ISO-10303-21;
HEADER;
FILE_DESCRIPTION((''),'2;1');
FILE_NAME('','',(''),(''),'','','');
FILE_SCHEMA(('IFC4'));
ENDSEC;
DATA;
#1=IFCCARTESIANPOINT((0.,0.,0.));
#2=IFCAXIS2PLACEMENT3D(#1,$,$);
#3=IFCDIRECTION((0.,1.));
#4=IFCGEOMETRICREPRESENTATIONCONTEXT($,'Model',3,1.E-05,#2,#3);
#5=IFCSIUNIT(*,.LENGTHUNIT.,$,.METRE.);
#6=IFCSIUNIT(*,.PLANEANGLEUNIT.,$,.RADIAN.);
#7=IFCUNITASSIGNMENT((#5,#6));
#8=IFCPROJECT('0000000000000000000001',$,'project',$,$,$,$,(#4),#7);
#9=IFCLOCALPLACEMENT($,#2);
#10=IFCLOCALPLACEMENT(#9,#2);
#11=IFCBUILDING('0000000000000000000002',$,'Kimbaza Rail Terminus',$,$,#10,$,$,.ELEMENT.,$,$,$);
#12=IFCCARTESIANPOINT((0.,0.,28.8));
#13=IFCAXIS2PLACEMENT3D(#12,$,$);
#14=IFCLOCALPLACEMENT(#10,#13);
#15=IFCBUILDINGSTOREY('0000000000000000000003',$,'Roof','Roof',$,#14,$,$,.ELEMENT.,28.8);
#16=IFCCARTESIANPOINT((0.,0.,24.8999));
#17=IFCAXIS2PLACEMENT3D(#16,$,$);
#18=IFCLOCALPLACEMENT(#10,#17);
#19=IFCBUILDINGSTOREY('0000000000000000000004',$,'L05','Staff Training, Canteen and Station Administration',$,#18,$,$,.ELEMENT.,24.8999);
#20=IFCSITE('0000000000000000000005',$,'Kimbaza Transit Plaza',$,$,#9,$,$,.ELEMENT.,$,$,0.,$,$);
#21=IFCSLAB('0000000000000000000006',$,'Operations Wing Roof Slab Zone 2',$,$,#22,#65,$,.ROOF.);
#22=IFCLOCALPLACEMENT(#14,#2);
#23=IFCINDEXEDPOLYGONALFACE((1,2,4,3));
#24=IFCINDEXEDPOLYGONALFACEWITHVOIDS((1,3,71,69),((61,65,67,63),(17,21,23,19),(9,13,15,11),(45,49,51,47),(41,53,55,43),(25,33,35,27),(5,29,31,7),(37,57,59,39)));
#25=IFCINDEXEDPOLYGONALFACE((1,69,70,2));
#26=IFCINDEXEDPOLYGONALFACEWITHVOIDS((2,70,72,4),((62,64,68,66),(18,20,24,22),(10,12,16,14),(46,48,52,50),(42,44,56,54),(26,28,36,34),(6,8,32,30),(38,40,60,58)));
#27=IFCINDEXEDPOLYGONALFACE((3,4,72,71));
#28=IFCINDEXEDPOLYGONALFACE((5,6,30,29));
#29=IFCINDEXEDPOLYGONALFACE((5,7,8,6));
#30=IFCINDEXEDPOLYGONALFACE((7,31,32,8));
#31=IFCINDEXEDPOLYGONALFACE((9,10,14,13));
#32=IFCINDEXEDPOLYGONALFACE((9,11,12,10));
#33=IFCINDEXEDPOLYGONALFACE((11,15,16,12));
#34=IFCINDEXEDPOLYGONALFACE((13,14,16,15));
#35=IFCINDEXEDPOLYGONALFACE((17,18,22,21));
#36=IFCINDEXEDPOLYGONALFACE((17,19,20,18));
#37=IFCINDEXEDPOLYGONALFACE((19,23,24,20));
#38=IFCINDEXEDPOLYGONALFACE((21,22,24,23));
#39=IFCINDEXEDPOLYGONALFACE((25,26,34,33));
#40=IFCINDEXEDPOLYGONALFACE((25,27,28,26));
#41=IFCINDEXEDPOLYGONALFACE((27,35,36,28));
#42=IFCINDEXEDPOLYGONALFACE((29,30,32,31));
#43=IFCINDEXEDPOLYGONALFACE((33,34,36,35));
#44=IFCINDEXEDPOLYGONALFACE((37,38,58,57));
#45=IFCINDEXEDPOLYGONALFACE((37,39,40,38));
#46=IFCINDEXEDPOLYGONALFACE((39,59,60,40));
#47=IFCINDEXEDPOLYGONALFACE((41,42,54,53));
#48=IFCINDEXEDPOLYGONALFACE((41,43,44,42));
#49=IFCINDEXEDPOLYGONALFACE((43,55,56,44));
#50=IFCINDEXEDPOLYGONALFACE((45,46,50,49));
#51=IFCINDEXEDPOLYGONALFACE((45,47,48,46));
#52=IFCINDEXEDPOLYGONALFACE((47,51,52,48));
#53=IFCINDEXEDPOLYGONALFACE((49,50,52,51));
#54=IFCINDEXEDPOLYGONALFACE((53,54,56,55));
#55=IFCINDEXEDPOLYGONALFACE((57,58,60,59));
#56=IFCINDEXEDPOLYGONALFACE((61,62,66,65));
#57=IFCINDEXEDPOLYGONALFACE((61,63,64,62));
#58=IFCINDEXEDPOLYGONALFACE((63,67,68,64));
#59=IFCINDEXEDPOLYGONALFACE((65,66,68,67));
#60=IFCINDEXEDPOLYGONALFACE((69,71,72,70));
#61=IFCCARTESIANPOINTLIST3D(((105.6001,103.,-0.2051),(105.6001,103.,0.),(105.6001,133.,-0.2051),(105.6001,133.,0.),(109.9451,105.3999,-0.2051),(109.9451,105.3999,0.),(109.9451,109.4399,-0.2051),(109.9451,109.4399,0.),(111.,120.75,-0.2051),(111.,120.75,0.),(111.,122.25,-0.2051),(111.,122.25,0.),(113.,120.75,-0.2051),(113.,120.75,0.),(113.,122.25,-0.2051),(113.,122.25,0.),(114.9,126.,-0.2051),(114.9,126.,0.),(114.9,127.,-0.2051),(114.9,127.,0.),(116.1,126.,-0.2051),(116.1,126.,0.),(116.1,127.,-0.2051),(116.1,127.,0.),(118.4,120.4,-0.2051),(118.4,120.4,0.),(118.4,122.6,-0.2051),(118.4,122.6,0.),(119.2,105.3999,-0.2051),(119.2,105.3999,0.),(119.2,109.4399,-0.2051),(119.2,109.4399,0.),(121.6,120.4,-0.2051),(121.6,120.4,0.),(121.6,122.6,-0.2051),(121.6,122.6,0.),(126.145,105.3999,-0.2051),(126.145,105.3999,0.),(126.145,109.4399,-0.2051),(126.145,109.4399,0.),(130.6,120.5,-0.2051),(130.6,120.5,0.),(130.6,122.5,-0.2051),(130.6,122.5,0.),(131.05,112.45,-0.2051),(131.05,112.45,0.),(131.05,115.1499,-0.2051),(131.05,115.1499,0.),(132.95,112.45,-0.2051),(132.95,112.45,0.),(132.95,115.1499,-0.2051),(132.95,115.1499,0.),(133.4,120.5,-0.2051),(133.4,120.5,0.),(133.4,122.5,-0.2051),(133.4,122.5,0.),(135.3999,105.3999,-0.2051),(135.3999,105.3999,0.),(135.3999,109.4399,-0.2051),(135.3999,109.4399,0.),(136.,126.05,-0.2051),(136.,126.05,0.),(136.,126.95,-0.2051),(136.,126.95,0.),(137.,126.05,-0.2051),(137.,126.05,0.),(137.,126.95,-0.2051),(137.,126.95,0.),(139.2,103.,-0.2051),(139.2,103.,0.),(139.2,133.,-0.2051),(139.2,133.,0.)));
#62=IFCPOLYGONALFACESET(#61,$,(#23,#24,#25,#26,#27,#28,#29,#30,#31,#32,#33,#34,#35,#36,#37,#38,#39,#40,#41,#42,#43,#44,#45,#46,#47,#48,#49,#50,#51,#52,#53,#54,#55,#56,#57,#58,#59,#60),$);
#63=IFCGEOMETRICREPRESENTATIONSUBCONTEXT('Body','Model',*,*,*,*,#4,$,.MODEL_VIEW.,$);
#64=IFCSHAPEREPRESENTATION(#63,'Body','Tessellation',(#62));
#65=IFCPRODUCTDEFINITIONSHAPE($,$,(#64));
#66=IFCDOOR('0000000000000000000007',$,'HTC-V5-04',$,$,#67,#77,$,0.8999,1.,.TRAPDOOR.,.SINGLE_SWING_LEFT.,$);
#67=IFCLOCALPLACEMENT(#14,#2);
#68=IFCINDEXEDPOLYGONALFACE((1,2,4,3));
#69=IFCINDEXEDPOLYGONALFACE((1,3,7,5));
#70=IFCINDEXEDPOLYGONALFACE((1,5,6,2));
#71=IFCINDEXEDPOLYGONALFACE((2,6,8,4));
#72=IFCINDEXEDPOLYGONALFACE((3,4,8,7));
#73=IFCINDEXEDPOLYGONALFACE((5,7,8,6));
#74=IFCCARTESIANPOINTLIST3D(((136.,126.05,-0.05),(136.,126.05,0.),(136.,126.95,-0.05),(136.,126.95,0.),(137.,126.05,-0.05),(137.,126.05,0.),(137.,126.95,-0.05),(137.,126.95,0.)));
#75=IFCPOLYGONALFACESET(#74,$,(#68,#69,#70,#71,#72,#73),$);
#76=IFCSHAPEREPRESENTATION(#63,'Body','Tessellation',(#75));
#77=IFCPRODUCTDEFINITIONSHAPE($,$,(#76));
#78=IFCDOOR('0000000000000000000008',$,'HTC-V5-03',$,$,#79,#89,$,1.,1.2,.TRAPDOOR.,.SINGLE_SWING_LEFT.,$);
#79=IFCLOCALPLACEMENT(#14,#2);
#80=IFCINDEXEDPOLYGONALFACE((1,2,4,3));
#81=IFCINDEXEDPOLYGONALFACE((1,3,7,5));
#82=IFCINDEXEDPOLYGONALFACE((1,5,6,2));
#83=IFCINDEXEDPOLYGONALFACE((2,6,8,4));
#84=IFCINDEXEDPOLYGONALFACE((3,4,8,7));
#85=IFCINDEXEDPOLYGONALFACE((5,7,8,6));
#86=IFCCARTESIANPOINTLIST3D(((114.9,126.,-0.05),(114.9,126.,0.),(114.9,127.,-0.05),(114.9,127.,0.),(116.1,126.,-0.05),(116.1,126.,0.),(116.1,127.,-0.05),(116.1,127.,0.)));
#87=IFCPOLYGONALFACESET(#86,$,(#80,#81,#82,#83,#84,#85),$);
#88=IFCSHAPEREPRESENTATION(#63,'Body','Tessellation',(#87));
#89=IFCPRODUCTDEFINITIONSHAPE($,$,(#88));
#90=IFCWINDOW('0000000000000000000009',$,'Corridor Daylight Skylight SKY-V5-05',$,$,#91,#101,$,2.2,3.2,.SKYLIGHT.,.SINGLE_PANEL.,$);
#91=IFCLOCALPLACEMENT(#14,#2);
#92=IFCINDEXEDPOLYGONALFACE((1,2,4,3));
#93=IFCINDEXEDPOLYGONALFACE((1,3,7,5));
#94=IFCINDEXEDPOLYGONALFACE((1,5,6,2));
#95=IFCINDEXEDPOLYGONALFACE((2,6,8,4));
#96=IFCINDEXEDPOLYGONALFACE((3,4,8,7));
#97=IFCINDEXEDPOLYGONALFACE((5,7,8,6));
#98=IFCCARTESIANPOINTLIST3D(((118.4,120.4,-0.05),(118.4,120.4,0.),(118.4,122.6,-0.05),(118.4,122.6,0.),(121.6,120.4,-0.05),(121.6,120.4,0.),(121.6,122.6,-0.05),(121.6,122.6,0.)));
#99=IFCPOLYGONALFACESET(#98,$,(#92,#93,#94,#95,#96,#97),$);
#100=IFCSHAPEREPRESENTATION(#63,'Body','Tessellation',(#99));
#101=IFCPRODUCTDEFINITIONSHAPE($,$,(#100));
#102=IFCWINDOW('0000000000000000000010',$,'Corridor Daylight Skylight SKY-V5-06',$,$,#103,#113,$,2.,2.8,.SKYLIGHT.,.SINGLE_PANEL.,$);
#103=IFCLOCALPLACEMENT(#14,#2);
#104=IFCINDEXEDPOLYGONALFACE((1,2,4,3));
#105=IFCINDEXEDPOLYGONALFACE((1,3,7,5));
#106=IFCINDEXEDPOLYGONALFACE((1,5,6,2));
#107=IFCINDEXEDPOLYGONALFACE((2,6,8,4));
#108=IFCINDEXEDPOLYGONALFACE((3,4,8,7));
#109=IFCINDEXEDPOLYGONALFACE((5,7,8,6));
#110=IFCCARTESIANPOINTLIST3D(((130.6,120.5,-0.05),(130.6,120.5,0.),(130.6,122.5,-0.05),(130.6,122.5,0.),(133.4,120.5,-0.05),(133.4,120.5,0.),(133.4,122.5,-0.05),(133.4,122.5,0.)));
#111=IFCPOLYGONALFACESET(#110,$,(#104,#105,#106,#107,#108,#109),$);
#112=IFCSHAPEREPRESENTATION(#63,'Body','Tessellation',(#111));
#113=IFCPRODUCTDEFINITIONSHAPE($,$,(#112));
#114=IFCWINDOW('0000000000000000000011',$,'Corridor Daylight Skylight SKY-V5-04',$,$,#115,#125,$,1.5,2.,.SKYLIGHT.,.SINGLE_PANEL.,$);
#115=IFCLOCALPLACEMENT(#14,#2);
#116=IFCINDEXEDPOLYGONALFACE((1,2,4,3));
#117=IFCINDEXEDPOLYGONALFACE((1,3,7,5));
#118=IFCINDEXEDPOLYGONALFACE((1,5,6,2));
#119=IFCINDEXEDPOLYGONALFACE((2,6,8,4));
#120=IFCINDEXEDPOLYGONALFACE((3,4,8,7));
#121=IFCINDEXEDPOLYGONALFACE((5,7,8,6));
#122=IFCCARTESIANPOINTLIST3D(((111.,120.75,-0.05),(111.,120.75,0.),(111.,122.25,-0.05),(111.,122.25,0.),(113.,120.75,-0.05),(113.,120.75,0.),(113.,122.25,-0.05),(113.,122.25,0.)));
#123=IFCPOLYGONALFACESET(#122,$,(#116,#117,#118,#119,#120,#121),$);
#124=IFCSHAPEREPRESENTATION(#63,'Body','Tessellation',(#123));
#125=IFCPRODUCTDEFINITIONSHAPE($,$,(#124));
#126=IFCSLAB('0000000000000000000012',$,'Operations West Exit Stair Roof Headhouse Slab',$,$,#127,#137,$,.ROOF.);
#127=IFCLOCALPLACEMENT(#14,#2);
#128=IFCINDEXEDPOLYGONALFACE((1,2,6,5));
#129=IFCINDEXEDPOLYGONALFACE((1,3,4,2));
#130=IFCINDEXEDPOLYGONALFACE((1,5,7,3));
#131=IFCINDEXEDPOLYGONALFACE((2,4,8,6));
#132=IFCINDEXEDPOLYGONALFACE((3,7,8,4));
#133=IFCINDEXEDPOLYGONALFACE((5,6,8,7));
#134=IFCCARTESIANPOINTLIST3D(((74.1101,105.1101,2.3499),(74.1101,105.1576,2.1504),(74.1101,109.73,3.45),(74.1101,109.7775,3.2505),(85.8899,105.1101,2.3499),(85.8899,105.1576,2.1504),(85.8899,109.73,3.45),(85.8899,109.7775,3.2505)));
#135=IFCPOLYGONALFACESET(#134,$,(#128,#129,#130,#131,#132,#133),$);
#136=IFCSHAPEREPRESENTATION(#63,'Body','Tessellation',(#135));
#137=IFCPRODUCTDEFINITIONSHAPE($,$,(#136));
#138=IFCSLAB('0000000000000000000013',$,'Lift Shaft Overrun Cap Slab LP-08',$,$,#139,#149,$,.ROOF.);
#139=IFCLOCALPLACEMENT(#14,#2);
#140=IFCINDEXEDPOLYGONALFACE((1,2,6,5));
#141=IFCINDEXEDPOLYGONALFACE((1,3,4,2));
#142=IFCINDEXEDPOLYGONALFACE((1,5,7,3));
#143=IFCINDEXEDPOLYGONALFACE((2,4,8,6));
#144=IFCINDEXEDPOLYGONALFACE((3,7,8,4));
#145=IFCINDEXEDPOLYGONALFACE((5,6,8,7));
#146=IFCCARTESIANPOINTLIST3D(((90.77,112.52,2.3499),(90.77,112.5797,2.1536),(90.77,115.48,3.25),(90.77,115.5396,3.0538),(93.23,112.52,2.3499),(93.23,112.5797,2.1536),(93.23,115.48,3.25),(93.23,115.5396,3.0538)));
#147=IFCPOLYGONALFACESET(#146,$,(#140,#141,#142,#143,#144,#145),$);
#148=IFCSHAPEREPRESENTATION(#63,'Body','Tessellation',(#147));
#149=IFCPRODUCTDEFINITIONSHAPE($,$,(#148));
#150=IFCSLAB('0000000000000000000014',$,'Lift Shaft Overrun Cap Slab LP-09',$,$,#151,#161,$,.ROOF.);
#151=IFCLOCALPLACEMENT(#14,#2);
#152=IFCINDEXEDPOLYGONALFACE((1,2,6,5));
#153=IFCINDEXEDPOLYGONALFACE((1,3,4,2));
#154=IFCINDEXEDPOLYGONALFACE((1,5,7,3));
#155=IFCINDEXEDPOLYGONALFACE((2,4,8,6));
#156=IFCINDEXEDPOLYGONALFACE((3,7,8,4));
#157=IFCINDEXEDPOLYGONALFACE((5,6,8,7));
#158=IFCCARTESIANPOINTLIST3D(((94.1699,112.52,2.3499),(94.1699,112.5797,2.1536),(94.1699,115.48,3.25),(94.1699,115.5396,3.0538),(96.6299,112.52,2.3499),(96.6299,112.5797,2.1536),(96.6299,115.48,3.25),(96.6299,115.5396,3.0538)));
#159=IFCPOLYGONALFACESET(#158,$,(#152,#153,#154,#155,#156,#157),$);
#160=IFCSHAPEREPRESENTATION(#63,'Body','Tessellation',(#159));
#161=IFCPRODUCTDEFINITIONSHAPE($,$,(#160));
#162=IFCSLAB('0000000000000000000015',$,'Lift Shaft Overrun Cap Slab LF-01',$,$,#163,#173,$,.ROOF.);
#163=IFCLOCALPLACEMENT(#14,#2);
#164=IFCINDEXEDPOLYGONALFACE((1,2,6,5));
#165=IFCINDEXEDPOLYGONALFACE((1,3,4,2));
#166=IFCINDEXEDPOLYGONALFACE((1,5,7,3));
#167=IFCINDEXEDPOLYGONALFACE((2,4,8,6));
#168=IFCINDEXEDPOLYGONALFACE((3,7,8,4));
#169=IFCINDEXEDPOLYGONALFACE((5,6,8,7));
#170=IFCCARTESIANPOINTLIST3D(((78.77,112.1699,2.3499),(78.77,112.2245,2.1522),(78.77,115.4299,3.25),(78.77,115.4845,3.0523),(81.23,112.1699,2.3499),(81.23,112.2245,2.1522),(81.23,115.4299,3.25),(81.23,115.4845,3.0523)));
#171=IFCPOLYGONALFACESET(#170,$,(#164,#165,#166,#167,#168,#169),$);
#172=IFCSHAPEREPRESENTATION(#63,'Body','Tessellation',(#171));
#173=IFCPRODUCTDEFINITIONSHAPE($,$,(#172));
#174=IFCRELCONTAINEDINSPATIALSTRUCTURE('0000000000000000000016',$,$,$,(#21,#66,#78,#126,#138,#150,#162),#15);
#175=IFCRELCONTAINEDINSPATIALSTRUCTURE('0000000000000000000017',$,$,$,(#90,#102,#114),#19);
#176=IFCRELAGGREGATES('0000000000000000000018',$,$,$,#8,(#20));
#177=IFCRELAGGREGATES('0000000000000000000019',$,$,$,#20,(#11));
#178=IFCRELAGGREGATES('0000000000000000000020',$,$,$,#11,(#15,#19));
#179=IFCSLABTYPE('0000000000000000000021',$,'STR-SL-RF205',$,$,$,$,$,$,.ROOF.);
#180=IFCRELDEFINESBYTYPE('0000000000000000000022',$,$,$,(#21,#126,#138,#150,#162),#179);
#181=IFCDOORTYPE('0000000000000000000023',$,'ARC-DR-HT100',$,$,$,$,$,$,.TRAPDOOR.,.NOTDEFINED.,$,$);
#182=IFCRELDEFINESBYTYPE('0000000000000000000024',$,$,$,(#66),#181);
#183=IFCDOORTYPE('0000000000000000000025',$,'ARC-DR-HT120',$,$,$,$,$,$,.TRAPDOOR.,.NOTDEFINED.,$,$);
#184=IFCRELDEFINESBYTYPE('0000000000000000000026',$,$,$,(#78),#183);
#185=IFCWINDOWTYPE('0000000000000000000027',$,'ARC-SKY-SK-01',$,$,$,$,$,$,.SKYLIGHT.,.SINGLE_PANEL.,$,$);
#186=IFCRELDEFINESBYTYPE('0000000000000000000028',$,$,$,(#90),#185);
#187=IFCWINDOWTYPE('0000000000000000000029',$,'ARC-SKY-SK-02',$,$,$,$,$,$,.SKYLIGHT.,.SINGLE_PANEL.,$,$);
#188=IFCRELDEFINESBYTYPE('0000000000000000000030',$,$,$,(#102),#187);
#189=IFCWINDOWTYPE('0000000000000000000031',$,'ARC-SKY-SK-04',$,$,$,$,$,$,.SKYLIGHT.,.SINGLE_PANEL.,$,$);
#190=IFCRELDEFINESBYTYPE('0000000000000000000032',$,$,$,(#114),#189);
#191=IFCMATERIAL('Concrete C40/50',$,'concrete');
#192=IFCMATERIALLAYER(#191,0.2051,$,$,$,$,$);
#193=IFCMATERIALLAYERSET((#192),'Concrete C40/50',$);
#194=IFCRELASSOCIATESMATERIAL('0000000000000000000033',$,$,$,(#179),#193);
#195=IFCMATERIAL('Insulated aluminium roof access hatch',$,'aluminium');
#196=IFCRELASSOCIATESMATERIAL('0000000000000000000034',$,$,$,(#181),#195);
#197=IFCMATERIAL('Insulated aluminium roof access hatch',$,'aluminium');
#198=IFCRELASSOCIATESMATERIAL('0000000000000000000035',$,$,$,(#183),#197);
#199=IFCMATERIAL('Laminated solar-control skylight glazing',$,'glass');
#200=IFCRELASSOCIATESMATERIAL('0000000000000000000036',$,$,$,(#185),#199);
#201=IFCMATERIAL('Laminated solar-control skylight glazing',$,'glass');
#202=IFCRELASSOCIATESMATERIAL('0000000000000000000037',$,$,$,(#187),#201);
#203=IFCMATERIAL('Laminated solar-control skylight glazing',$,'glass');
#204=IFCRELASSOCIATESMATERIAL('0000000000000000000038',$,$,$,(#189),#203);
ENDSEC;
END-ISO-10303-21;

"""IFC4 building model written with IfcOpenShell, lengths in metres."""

from ifc_helpers import new_model, si_unit, direction, frame, origin, origin_2d, place, context, subcontext, project, spatial, polyline, rectangle, outline, extrude, material, layer, layer_set, type_object, element, fill, save


model = new_model("IFC4")

# Units and contexts
model_context = context("Model", 3, precision=1e-05, world=origin(), true_north=direction((0.0, 1.0)))
body_context = subcontext(model_context, "Body", "Model", "MODEL_VIEW")
ifc_project = project(units=[si_unit("LENGTHUNIT", "METRE"), si_unit("PLANEANGLEUNIT", "RADIAN")], contexts=[model_context])

# Site, building, storey
site_placement = place(None, origin())
site = spatial("IfcSite", under=ifc_project, at=site_placement, Name="Kimbaza Transit Plaza", CompositionType="ELEMENT", RefElevation=0.0)
building_placement = place(site_placement, origin())
building = spatial("IfcBuilding", under=site, at=building_placement, Name="Kimbaza Rail Terminus", CompositionType="ELEMENT")
storey_1_placement = place(building_placement, frame((0.0, 0.0, 28.8)))
storey_1 = spatial("IfcBuildingStorey", under=building, at=storey_1_placement, Name="Roof", Description="Roof", CompositionType="ELEMENT", Elevation=28.8)

# Shared definitions
ifc_material_1 = material(Name="Concrete C40/50", Category="concrete")
ifc_layer_1 = layer(ifc_material_1, 0.2051)
ifc_layer_set_1 = layer_set([ifc_layer_1], Name="Concrete C40/50")
slab_type = type_object("IfcSlabType", Name="STR-SL-RF205", PredefinedType="ROOF", material=ifc_layer_set_1)
ifc_material_2 = material(Name="Insulated aluminium roof access hatch", Category="aluminium")
door_type_1 = type_object("IfcDoorType", Name="ARC-DR-HT100", OperationType="NOTDEFINED", PredefinedType="TRAPDOOR", material=ifc_material_2)
ifc_material_3 = material(Name="Insulated aluminium roof access hatch", Category="aluminium")
door_type_2 = type_object("IfcDoorType", Name="ARC-DR-HT120", OperationType="NOTDEFINED", PredefinedType="TRAPDOOR", material=ifc_material_3)

# Shared definitions
storey_2_placement = place(building_placement, frame((0.0, 0.0, 24.8999)))
storey_2 = spatial("IfcBuildingStorey", under=building, at=storey_2_placement, Name="L05", Description="Staff Training, Canteen and Station Administration", CompositionType="ELEMENT", Elevation=24.8999)

# Shared definitions
ifc_material_4 = material(Name="Laminated solar-control skylight glazing", Category="glass")
window_type_1 = type_object("IfcWindowType", Name="ARC-SKY-SK-01", PartitioningType="SINGLE_PANEL", PredefinedType="SKYLIGHT", material=ifc_material_4)
ifc_material_5 = material(Name="Laminated solar-control skylight glazing", Category="glass")
window_type_2 = type_object("IfcWindowType", Name="ARC-SKY-SK-02", PartitioningType="SINGLE_PANEL", PredefinedType="SKYLIGHT", material=ifc_material_5)

# Slab, openings, doors, windows
slab_1_placement = place(storey_1_placement, frame((0.0, 0.0, -0.2051)))
slab_1 = element("IfcSlab", 1, at=slab_1_placement, inside=storey_1, type_object=slab_type, Name="Operations Wing Roof Slab Zone 2", PredefinedType="ROOF", context=body_context, shape_type="SweptSolid", body=[
    extrude(outline(polyline([(105.6001, 103.0), (139.2, 103.0), (139.2, 133.0), (105.6001, 133.0), (105.6001, 103.0)]), holes=[polyline([(109.9451, 105.3999), (119.2, 105.3999), (119.2, 109.4399), (109.9451, 109.4399), (109.9451, 105.3999)]), polyline([(126.145, 105.3999), (135.3999, 105.3999), (135.3999, 109.4399), (126.145, 109.4399), (126.145, 105.3999)]), polyline([(131.05, 112.45), (132.95, 112.45), (132.95, 115.1499), (131.05, 115.1499), (131.05, 112.45)])]), origin(), (0.0, 0.0, 1.0), 0.2051),
])
opening_1_placement = place(slab_1_placement, frame((112.0, 121.5, 0.0)))
opening_1 = element("IfcOpeningElement", 2, at=opening_1_placement, cuts=slab_1, PredefinedType="OPENING", context=body_context, shape_type="SweptSolid", body=[
    extrude(rectangle(XDim=2.0, YDim=1.5, at=origin_2d()), frame((0.0, 0.0, -0.01)), (0.0, 0.0, 1.0), 0.2251),
])
opening_2_placement = place(slab_1_placement, frame((120.0, 121.5, 0.0)))
opening_2 = element("IfcOpeningElement", 3, at=opening_2_placement, cuts=slab_1, PredefinedType="OPENING", context=body_context, shape_type="SweptSolid", body=[
    extrude(rectangle(XDim=3.2, YDim=2.2, at=origin_2d()), frame((0.0, 0.0, -0.01)), (0.0, 0.0, 1.0), 0.2251),
])
opening_3_placement = place(slab_1_placement, frame((132.0, 121.5, 0.0)))
opening_3 = element("IfcOpeningElement", 4, at=opening_3_placement, cuts=slab_1, PredefinedType="OPENING", context=body_context, shape_type="SweptSolid", body=[
    extrude(rectangle(XDim=2.8, YDim=2.0, at=origin_2d()), frame((0.0, 0.0, -0.01)), (0.0, 0.0, 1.0), 0.2251),
])
opening_4_placement = place(slab_1_placement, frame((115.5, 126.5, 0.0)))
opening_4 = element("IfcOpeningElement", 5, at=opening_4_placement, cuts=slab_1, PredefinedType="OPENING", context=body_context, shape_type="SweptSolid", body=[
    extrude(rectangle(XDim=1.2, YDim=1.0, at=origin_2d()), frame((0.0, 0.0, -0.01)), (0.0, 0.0, 1.0), 0.2251),
])
opening_5_placement = place(slab_1_placement, frame((136.5, 126.5, 0.0)))
opening_5 = element("IfcOpeningElement", 6, at=opening_5_placement, cuts=slab_1, PredefinedType="OPENING", context=body_context, shape_type="SweptSolid", body=[
    extrude(rectangle(XDim=1.0, YDim=0.8999, at=origin_2d()), frame((0.0, 0.0, -0.01)), (0.0, 0.0, 1.0), 0.2251),
])
door_1_placement = place(opening_5_placement, frame((0.0, 0.0, 0.155)))
door_1 = element("IfcDoor", 7, at=door_1_placement, inside=storey_1, type_object=door_type_1, Name="HTC-V5-04", OperationType="SINGLE_SWING_LEFT", OverallHeight=0.8999, OverallWidth=1.0, PredefinedType="TRAPDOOR", context=body_context, shape_type="SweptSolid", body=[
    extrude(rectangle(XDim=1.0, YDim=0.8999, at=origin_2d()), origin(), (0.0, 0.0, 1.0), 0.05),
])
fill(opening_5, door_1)
door_2_placement = place(opening_4_placement, frame((0.0, 0.0, 0.155)))
door_2 = element("IfcDoor", 8, at=door_2_placement, inside=storey_1, type_object=door_type_2, Name="HTC-V5-03", OperationType="SINGLE_SWING_LEFT", OverallHeight=1.0, OverallWidth=1.2, PredefinedType="TRAPDOOR", context=body_context, shape_type="SweptSolid", body=[
    extrude(rectangle(XDim=1.2, YDim=1.0, at=origin_2d()), origin(), (0.0, 0.0, 1.0), 0.05),
])
fill(opening_4, door_2)
window_1_placement = place(opening_2_placement, frame((0.0, 0.0, 0.155)))
window_1 = element("IfcWindow", 9, at=window_1_placement, inside=storey_2, type_object=window_type_1, Name="Corridor Daylight Skylight SKY-V5-05", OverallHeight=2.2, OverallWidth=3.2, PartitioningType="SINGLE_PANEL", PredefinedType="SKYLIGHT", context=body_context, shape_type="SweptSolid", body=[
    extrude(rectangle(XDim=3.2, YDim=2.2, at=origin_2d()), origin(), (0.0, 0.0, 1.0), 0.05),
])
fill(opening_2, window_1)
window_2_placement = place(opening_3_placement, frame((0.0, 0.0, 0.155)))
window_2 = element("IfcWindow", 10, at=window_2_placement, inside=storey_2, type_object=window_type_2, Name="Corridor Daylight Skylight SKY-V5-06", OverallHeight=2.0, OverallWidth=2.8, PartitioningType="SINGLE_PANEL", PredefinedType="SKYLIGHT", context=body_context, shape_type="SweptSolid", body=[
    extrude(rectangle(XDim=2.8, YDim=2.0, at=origin_2d()), origin(), (0.0, 0.0, 1.0), 0.05),
])
fill(opening_3, window_2)
ifc_material_6 = material(Name="Laminated solar-control skylight glazing", Category="glass")
window_type_3 = type_object("IfcWindowType", Name="ARC-SKY-SK-04", PartitioningType="SINGLE_PANEL", PredefinedType="SKYLIGHT", material=ifc_material_6)
window_3_placement = place(opening_1_placement, frame((0.0, 0.0, 0.155)))
window_3 = element("IfcWindow", 11, at=window_3_placement, inside=storey_2, type_object=window_type_3, Name="Corridor Daylight Skylight SKY-V5-04", OverallHeight=1.5, OverallWidth=2.0, PartitioningType="SINGLE_PANEL", PredefinedType="SKYLIGHT", context=body_context, shape_type="SweptSolid", body=[
    extrude(rectangle(XDim=2.0, YDim=1.5, at=origin_2d()), origin(), (0.0, 0.0, 1.0), 0.05),
])
fill(opening_1, window_3)

# Slabs
slab_2_placement = place(storey_1_placement, frame((74.1101, 105.1101, 2.3499), z_axis=(0.0, -0.231646, 0.9728), x_axis=(1.0, 0.0, 0.0)))
element("IfcSlab", 12, at=slab_2_placement, inside=storey_1, type_object=slab_type, Name="Operations West Exit Stair Roof Headhouse Slab", PredefinedType="ROOF", context=body_context, shape_type="SweptSolid", body=[
    extrude(outline(polyline([(0.0, 0.0), (11.7798, 0.0), (11.7798, 4.749), (0.0, 4.749), (0.0, 0.0)])), origin(), (0.0, 0.0, -1.0), 0.2051),
])
for number, where, z_axis, x_axis, name in (
    (13, (90.77, 112.52, 2.3499), (0.0, -0.290951, 0.956738), (1.0, 0.0, 0.0), "Lift Shaft Overrun Cap Slab LP-08"),
    (14, (94.1699, 112.52, 2.3499), (0.0, -0.290951, 0.956738), (1.0, 0.0, 0.0), "Lift Shaft Overrun Cap Slab LP-09"),
):
    element("IfcSlab", number, at=place(storey_1_placement, frame(where, z_axis=z_axis, x_axis=x_axis)), inside=storey_1, type_object=slab_type, Name=name, PredefinedType="ROOF", context=body_context, shape_type="SweptSolid", body=[
        extrude(outline(polyline([(0.0, 0.0), (2.46, 0.0), (2.46, 3.0938), (0.0, 3.0938), (0.0, 0.0)])), origin(), (0.0, 0.0, -1.0), 0.2051),
    ])
slab_3_placement = place(storey_1_placement, frame((78.77, 112.1699, 2.3499), z_axis=(0.0, -0.266158, 0.963929), x_axis=(1.0, 0.0, 0.0)))
element("IfcSlab", 15, at=slab_3_placement, inside=storey_1, type_object=slab_type, Name="Lift Shaft Overrun Cap Slab LF-01", PredefinedType="ROOF", context=body_context, shape_type="SweptSolid", body=[
    extrude(outline(polyline([(0.0, 0.0), (2.46, 0.0), (2.46, 3.382), (0.0, 3.382), (0.0, 0.0)])), origin(), (0.0, 0.0, -1.0), 0.2051),
])

save(model, "model.ifc")
